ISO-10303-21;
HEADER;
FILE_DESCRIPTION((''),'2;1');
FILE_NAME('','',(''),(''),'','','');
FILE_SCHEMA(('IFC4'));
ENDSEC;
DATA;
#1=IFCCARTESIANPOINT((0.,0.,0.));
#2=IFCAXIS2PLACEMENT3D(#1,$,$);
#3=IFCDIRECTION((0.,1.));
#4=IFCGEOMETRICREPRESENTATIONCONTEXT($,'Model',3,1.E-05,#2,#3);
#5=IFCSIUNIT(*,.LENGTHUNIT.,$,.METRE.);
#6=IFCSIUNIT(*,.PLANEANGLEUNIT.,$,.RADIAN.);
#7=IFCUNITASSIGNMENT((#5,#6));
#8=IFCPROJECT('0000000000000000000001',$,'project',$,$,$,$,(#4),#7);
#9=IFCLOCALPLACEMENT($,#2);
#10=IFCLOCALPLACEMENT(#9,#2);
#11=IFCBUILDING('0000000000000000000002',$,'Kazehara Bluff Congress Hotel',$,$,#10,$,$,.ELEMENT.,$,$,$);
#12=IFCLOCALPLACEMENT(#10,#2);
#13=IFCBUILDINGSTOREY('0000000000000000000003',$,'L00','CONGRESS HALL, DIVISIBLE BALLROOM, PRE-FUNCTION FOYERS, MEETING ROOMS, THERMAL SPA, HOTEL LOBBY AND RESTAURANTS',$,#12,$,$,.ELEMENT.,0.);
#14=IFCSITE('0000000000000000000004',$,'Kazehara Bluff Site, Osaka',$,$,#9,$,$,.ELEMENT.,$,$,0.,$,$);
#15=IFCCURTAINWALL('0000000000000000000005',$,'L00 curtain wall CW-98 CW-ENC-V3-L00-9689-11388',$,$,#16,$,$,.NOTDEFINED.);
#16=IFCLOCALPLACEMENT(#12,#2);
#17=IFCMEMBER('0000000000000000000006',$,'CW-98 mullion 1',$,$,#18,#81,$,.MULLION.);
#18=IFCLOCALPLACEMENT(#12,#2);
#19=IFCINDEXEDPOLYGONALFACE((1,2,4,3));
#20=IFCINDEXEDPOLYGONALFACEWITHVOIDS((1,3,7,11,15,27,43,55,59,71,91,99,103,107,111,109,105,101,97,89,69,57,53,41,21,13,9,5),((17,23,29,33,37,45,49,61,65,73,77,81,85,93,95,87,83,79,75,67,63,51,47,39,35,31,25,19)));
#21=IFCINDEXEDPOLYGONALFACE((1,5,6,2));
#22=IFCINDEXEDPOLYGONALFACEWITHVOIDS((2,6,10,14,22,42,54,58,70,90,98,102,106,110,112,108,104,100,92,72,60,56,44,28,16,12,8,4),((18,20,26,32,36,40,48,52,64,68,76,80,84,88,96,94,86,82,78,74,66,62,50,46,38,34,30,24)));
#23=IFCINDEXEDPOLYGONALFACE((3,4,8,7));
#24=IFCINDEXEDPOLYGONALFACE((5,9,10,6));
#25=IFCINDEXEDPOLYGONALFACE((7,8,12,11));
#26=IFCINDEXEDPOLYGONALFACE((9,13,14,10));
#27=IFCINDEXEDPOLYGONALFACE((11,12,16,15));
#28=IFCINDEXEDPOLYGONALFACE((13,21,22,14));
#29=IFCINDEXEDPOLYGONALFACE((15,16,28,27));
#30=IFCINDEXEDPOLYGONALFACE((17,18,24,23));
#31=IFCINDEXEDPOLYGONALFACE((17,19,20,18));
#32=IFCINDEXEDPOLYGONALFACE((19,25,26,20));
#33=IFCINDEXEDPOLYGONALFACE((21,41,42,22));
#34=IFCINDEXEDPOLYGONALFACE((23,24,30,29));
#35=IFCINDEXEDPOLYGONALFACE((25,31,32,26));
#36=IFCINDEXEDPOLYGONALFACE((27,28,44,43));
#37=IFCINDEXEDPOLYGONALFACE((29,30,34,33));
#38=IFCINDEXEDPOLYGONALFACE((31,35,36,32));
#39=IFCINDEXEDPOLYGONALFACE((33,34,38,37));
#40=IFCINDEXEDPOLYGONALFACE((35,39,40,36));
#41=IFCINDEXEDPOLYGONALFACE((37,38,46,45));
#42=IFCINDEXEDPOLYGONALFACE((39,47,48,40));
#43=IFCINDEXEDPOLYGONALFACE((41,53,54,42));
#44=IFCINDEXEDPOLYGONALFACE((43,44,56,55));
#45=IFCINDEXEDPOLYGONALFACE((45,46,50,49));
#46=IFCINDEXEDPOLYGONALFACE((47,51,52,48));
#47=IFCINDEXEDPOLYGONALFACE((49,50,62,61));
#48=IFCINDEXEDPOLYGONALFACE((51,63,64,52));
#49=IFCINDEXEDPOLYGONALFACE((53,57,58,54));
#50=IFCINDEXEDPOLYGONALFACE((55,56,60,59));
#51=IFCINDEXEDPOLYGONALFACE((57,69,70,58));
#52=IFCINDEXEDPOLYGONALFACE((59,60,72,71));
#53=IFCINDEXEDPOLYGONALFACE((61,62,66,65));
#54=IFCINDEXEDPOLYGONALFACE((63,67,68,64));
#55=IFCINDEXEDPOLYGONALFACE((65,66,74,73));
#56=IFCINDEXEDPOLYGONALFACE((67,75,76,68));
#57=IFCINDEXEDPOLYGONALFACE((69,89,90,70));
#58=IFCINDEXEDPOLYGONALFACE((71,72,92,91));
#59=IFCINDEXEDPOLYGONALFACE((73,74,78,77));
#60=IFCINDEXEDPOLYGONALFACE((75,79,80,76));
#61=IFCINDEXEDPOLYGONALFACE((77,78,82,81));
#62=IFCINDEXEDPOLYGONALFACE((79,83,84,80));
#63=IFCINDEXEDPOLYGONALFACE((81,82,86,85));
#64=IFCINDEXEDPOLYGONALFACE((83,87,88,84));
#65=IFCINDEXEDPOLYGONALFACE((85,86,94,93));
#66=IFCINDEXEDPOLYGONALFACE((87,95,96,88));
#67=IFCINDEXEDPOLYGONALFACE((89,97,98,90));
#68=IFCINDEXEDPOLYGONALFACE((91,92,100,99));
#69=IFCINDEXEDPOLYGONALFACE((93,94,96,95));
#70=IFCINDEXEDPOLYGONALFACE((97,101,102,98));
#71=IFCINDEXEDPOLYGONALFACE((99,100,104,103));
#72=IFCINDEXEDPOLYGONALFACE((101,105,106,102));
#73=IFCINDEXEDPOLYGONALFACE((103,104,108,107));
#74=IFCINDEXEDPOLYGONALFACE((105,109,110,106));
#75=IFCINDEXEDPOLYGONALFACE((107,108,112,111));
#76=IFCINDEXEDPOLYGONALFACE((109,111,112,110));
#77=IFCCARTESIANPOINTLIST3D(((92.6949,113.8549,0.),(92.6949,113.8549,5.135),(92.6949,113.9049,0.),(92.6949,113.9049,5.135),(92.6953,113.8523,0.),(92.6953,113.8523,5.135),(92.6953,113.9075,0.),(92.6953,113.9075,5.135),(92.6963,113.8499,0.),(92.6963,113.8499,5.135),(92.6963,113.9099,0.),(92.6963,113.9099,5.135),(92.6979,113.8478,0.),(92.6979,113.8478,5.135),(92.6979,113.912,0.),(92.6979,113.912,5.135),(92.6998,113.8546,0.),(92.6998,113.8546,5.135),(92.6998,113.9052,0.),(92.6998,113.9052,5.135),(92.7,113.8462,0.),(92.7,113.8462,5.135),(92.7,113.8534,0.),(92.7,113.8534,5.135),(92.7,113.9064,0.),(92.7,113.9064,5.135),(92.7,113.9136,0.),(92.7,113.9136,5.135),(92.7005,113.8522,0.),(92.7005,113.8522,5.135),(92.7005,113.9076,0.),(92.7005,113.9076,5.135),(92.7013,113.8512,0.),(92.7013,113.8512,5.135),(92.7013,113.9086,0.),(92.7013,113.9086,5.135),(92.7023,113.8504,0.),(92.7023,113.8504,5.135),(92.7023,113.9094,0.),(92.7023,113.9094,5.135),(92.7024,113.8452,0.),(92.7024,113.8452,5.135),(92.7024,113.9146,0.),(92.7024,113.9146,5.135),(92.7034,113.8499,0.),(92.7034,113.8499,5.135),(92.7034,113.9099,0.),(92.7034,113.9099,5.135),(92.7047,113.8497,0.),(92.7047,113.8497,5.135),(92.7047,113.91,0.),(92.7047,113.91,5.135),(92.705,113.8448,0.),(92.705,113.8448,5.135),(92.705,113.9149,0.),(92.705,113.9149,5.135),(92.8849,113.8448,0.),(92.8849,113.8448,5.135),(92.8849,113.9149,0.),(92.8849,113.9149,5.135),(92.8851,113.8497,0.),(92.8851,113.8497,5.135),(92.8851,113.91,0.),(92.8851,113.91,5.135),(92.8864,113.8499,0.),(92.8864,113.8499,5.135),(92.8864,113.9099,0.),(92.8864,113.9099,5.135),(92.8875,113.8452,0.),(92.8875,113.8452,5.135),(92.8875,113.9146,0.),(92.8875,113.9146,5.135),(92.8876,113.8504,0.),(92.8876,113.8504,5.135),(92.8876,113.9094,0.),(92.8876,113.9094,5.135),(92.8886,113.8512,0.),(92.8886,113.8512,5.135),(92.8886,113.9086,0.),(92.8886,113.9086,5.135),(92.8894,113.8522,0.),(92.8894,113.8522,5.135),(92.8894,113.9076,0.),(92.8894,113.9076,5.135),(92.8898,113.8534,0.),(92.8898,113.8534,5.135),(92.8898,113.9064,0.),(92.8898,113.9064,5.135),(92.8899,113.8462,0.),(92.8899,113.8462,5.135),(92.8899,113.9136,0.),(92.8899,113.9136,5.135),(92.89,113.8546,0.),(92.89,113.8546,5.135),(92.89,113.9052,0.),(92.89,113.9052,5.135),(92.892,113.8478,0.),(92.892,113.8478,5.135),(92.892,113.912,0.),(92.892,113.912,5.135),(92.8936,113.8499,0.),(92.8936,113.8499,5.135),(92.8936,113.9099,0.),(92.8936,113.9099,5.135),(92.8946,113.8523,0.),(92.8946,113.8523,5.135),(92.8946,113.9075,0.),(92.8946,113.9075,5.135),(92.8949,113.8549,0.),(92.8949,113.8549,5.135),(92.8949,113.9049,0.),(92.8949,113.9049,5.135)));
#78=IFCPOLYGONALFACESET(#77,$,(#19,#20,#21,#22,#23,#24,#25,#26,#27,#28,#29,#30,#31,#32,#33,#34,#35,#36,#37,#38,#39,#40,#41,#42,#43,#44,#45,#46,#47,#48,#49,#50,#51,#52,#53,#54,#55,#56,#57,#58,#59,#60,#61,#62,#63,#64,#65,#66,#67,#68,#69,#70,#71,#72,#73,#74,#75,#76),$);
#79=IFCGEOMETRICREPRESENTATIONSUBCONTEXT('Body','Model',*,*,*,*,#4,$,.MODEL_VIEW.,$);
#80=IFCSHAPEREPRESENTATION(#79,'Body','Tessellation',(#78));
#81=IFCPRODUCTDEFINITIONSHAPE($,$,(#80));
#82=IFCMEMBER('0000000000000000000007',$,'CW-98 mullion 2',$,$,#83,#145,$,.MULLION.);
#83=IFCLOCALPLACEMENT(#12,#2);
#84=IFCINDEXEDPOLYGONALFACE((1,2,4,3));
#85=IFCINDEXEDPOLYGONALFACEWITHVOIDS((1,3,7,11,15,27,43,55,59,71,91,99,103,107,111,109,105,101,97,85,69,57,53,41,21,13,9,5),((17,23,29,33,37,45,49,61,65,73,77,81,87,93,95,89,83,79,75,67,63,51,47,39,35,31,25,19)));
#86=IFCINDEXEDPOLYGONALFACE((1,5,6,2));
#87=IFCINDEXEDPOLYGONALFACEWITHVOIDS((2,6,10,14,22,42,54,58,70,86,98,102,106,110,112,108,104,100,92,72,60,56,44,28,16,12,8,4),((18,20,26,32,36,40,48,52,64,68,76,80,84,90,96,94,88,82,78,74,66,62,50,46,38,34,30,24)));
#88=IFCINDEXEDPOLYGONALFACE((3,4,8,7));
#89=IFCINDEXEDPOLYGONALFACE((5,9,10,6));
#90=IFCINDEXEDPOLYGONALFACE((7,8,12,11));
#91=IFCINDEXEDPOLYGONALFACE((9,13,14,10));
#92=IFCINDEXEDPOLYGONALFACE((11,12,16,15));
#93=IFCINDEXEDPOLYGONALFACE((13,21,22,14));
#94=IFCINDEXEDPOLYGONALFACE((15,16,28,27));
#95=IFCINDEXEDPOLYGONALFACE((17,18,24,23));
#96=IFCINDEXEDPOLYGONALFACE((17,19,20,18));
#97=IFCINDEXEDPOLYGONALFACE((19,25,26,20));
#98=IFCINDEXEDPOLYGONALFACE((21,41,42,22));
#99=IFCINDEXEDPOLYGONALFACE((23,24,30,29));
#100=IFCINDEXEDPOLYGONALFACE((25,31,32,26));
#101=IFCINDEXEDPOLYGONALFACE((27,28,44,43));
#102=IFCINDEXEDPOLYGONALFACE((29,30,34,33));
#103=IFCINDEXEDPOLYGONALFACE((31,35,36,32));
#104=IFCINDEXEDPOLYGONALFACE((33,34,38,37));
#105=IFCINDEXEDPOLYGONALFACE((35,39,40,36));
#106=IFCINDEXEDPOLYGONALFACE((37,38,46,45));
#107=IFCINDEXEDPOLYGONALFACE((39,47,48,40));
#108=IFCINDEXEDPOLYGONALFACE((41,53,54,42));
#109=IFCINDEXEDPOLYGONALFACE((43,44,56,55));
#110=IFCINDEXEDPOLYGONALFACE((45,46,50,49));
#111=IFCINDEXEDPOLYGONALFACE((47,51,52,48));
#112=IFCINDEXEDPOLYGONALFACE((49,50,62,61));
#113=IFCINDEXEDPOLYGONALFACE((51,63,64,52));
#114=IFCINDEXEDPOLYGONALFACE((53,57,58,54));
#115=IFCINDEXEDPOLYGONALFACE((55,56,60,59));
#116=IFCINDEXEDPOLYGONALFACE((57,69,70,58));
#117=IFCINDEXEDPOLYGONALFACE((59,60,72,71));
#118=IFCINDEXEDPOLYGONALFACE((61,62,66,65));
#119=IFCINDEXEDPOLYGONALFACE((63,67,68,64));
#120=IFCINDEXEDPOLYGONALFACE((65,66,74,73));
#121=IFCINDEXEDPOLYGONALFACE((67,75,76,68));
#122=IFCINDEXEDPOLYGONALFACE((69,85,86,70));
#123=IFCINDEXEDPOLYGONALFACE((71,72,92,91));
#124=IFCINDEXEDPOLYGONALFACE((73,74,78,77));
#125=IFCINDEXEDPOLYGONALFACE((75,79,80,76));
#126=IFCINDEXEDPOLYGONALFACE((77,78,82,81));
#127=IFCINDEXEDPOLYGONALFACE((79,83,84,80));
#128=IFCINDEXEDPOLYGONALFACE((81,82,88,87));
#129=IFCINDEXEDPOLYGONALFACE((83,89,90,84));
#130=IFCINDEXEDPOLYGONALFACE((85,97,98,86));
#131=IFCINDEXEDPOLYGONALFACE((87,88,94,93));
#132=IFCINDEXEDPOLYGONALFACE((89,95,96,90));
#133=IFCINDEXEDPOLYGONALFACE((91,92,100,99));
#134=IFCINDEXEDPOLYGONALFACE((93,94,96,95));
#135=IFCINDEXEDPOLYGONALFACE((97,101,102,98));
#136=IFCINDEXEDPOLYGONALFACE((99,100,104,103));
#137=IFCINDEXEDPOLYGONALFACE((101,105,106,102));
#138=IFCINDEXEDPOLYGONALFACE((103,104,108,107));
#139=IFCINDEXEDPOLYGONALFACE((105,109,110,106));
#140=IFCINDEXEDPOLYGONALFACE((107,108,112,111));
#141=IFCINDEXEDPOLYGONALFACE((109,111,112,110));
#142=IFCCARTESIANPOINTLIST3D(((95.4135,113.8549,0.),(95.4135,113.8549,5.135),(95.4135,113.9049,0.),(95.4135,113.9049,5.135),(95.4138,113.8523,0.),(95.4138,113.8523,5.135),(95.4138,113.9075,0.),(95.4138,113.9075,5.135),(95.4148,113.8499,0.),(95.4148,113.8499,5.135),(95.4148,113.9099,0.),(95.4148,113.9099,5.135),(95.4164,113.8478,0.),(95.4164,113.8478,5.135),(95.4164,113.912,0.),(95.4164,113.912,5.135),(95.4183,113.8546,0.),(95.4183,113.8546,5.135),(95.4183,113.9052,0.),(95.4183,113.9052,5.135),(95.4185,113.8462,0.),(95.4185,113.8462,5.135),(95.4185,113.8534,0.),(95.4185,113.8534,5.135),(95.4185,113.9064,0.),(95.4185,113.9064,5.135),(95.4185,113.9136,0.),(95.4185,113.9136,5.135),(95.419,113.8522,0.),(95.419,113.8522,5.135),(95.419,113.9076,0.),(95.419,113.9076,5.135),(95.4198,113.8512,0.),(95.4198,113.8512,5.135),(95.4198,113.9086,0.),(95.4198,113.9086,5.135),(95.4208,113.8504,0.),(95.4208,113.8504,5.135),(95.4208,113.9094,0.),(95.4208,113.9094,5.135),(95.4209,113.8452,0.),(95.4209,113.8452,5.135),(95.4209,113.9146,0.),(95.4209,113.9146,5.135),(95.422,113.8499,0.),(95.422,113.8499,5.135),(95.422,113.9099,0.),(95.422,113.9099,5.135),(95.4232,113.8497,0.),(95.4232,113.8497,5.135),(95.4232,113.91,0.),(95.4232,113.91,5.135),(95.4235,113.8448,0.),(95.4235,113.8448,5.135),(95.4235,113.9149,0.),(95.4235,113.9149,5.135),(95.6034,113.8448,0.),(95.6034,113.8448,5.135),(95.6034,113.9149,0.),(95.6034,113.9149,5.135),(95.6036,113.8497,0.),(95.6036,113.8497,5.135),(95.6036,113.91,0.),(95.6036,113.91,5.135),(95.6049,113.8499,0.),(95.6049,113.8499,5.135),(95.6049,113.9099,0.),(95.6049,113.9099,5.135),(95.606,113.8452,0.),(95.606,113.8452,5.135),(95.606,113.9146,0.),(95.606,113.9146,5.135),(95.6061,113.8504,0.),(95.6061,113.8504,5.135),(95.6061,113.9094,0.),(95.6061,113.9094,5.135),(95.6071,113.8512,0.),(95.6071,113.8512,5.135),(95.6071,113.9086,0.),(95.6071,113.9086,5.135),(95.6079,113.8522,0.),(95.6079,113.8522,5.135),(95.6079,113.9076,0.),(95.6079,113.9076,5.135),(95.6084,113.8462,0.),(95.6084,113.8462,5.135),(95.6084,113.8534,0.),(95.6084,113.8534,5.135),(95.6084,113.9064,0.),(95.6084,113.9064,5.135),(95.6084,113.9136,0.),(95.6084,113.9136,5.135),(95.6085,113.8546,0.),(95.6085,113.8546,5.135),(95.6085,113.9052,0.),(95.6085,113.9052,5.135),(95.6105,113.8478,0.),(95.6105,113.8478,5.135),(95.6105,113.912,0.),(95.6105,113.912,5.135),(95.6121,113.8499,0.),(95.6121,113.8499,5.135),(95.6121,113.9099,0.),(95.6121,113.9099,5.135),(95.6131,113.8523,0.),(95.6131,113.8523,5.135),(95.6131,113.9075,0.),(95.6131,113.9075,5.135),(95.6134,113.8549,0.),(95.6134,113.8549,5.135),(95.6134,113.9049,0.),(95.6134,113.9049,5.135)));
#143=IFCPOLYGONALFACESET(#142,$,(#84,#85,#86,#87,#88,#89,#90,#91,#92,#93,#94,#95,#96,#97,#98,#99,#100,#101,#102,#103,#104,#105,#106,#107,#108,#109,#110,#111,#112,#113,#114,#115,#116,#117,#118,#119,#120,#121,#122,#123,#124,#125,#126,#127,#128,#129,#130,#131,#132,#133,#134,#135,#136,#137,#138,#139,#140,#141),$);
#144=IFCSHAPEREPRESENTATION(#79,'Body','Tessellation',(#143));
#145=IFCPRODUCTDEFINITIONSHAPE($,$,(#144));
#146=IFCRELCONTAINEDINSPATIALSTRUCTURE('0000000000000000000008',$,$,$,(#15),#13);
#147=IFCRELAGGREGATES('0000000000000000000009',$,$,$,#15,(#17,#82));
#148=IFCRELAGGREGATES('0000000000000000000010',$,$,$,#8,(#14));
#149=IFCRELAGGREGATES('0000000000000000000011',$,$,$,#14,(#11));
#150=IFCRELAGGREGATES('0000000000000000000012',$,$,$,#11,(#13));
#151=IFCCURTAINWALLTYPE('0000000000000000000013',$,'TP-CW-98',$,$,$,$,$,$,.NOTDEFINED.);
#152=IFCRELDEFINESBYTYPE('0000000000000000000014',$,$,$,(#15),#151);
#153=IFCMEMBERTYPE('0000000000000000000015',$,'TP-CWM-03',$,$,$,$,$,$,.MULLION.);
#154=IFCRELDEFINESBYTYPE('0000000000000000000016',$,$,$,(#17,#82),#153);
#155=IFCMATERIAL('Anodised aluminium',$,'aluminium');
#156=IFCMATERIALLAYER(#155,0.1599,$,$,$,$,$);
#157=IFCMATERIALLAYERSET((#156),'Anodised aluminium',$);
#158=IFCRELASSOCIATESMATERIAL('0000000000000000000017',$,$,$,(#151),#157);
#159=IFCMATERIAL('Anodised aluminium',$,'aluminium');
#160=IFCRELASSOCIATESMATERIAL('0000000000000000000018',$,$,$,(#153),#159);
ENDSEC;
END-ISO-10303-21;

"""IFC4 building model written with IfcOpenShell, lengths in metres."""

from ifc_helpers import new_model, si_unit, direction, frame, origin, origin_2d, place, context, subcontext, project, spatial, hollow_rectangle, extrude, material, layer, layer_set, material_profile, profile_set, type_object, element, aggregate, save


model = new_model("IFC4")

# Units and contexts
model_context = context("Model", 3, precision=1e-05, world=origin(), true_north=direction((0.0, 1.0)))
body_context = subcontext(model_context, "Body", "Model", "MODEL_VIEW")
ifc_project = project(units=[si_unit("LENGTHUNIT", "METRE"), si_unit("PLANEANGLEUNIT", "RADIAN")], contexts=[model_context])

# Site, building, storey
site_placement = place(None, origin())
site = spatial("IfcSite", under=ifc_project, at=site_placement, Name="Kazehara Bluff Site, Osaka", CompositionType="ELEMENT", RefElevation=0.0)
building_placement = place(site_placement, origin())
building = spatial("IfcBuilding", under=site, at=building_placement, Name="Kazehara Bluff Congress Hotel", CompositionType="ELEMENT")
storey_placement = place(building_placement, origin())
storey = spatial("IfcBuildingStorey", under=building, at=storey_placement, Name="L00", Description="CONGRESS HALL, DIVISIBLE BALLROOM, PRE-FUNCTION FOYERS, MEETING ROOMS, THERMAL SPA, HOTEL LOBBY AND RESTAURANTS", CompositionType="ELEMENT", Elevation=0.0)

# Curtain wall, members
ifc_material_1 = material(Name="Anodised aluminium", Category="aluminium")
ifc_layer_1 = layer(ifc_material_1, 0.1599)
ifc_layer_set_1 = layer_set([ifc_layer_1], Name="Anodised aluminium")
curtain_wall_type = type_object("IfcCurtainWallType", Name="TP-CW-98", PredefinedType="NOTDEFINED", material=ifc_layer_set_1)
curtain_wall_placement = place(storey_placement, origin())
curtain_wall = element("IfcCurtainWall", 1, at=curtain_wall_placement, inside=storey, type_object=curtain_wall_type, Name="L00 curtain wall CW-98 CW-ENC-V3-L00-9689-11388", PredefinedType="NOTDEFINED")
ifc_material_2 = material(Name="Anodised aluminium", Category="aluminium")
ifc_material_profile_1 = material_profile(ifc_material_2, hollow_rectangle(XDim=0.0701, YDim=0.2, WallThickness=0.0049, InnerFilletRadius=0.0049, OuterFilletRadius=0.01, at=origin_2d()))
ifc_profile_set_1 = profile_set([ifc_material_profile_1], Name="Anodised aluminium")
member_type_1 = type_object("IfcMemberType", Name="TP-CWM-03", PredefinedType="MULLION", material=ifc_profile_set_1)
member_1_placement = place(storey_placement, frame((92.7949, 113.8799, 0.0), z_axis=(0.0, 0.0, 1.0), x_axis=(0.0, 1.0, 0.0)))
member_1 = element("IfcMember", 2, at=member_1_placement, type_object=member_type_1, Name="CW-98 mullion 1", PredefinedType="MULLION", context=body_context, shape_type="SweptSolid", body=[
    extrude(hollow_rectangle(XDim=0.0701, YDim=0.2, WallThickness=0.0049, InnerFilletRadius=0.0049, OuterFilletRadius=0.01, at=origin_2d()), origin(), (0.0, 0.0, 1.0), 5.135),
])
member_2_placement = place(storey_placement, frame((95.5134, 113.8799, 0.0), z_axis=(0.0, 0.0, 1.0), x_axis=(0.0, 1.0, 0.0)))
member_2 = element("IfcMember", 3, at=member_2_placement, type_object=member_type_1, Name="CW-98 mullion 2", PredefinedType="MULLION", context=body_context, shape_type="SweptSolid", body=[
    extrude(hollow_rectangle(XDim=0.0701, YDim=0.2, WallThickness=0.0049, InnerFilletRadius=0.0049, OuterFilletRadius=0.01, at=origin_2d()), origin(), (0.0, 0.0, 1.0), 5.135),
])

aggregate(curtain_wall, [member_1, member_2])

save(model, "model.ifc")
